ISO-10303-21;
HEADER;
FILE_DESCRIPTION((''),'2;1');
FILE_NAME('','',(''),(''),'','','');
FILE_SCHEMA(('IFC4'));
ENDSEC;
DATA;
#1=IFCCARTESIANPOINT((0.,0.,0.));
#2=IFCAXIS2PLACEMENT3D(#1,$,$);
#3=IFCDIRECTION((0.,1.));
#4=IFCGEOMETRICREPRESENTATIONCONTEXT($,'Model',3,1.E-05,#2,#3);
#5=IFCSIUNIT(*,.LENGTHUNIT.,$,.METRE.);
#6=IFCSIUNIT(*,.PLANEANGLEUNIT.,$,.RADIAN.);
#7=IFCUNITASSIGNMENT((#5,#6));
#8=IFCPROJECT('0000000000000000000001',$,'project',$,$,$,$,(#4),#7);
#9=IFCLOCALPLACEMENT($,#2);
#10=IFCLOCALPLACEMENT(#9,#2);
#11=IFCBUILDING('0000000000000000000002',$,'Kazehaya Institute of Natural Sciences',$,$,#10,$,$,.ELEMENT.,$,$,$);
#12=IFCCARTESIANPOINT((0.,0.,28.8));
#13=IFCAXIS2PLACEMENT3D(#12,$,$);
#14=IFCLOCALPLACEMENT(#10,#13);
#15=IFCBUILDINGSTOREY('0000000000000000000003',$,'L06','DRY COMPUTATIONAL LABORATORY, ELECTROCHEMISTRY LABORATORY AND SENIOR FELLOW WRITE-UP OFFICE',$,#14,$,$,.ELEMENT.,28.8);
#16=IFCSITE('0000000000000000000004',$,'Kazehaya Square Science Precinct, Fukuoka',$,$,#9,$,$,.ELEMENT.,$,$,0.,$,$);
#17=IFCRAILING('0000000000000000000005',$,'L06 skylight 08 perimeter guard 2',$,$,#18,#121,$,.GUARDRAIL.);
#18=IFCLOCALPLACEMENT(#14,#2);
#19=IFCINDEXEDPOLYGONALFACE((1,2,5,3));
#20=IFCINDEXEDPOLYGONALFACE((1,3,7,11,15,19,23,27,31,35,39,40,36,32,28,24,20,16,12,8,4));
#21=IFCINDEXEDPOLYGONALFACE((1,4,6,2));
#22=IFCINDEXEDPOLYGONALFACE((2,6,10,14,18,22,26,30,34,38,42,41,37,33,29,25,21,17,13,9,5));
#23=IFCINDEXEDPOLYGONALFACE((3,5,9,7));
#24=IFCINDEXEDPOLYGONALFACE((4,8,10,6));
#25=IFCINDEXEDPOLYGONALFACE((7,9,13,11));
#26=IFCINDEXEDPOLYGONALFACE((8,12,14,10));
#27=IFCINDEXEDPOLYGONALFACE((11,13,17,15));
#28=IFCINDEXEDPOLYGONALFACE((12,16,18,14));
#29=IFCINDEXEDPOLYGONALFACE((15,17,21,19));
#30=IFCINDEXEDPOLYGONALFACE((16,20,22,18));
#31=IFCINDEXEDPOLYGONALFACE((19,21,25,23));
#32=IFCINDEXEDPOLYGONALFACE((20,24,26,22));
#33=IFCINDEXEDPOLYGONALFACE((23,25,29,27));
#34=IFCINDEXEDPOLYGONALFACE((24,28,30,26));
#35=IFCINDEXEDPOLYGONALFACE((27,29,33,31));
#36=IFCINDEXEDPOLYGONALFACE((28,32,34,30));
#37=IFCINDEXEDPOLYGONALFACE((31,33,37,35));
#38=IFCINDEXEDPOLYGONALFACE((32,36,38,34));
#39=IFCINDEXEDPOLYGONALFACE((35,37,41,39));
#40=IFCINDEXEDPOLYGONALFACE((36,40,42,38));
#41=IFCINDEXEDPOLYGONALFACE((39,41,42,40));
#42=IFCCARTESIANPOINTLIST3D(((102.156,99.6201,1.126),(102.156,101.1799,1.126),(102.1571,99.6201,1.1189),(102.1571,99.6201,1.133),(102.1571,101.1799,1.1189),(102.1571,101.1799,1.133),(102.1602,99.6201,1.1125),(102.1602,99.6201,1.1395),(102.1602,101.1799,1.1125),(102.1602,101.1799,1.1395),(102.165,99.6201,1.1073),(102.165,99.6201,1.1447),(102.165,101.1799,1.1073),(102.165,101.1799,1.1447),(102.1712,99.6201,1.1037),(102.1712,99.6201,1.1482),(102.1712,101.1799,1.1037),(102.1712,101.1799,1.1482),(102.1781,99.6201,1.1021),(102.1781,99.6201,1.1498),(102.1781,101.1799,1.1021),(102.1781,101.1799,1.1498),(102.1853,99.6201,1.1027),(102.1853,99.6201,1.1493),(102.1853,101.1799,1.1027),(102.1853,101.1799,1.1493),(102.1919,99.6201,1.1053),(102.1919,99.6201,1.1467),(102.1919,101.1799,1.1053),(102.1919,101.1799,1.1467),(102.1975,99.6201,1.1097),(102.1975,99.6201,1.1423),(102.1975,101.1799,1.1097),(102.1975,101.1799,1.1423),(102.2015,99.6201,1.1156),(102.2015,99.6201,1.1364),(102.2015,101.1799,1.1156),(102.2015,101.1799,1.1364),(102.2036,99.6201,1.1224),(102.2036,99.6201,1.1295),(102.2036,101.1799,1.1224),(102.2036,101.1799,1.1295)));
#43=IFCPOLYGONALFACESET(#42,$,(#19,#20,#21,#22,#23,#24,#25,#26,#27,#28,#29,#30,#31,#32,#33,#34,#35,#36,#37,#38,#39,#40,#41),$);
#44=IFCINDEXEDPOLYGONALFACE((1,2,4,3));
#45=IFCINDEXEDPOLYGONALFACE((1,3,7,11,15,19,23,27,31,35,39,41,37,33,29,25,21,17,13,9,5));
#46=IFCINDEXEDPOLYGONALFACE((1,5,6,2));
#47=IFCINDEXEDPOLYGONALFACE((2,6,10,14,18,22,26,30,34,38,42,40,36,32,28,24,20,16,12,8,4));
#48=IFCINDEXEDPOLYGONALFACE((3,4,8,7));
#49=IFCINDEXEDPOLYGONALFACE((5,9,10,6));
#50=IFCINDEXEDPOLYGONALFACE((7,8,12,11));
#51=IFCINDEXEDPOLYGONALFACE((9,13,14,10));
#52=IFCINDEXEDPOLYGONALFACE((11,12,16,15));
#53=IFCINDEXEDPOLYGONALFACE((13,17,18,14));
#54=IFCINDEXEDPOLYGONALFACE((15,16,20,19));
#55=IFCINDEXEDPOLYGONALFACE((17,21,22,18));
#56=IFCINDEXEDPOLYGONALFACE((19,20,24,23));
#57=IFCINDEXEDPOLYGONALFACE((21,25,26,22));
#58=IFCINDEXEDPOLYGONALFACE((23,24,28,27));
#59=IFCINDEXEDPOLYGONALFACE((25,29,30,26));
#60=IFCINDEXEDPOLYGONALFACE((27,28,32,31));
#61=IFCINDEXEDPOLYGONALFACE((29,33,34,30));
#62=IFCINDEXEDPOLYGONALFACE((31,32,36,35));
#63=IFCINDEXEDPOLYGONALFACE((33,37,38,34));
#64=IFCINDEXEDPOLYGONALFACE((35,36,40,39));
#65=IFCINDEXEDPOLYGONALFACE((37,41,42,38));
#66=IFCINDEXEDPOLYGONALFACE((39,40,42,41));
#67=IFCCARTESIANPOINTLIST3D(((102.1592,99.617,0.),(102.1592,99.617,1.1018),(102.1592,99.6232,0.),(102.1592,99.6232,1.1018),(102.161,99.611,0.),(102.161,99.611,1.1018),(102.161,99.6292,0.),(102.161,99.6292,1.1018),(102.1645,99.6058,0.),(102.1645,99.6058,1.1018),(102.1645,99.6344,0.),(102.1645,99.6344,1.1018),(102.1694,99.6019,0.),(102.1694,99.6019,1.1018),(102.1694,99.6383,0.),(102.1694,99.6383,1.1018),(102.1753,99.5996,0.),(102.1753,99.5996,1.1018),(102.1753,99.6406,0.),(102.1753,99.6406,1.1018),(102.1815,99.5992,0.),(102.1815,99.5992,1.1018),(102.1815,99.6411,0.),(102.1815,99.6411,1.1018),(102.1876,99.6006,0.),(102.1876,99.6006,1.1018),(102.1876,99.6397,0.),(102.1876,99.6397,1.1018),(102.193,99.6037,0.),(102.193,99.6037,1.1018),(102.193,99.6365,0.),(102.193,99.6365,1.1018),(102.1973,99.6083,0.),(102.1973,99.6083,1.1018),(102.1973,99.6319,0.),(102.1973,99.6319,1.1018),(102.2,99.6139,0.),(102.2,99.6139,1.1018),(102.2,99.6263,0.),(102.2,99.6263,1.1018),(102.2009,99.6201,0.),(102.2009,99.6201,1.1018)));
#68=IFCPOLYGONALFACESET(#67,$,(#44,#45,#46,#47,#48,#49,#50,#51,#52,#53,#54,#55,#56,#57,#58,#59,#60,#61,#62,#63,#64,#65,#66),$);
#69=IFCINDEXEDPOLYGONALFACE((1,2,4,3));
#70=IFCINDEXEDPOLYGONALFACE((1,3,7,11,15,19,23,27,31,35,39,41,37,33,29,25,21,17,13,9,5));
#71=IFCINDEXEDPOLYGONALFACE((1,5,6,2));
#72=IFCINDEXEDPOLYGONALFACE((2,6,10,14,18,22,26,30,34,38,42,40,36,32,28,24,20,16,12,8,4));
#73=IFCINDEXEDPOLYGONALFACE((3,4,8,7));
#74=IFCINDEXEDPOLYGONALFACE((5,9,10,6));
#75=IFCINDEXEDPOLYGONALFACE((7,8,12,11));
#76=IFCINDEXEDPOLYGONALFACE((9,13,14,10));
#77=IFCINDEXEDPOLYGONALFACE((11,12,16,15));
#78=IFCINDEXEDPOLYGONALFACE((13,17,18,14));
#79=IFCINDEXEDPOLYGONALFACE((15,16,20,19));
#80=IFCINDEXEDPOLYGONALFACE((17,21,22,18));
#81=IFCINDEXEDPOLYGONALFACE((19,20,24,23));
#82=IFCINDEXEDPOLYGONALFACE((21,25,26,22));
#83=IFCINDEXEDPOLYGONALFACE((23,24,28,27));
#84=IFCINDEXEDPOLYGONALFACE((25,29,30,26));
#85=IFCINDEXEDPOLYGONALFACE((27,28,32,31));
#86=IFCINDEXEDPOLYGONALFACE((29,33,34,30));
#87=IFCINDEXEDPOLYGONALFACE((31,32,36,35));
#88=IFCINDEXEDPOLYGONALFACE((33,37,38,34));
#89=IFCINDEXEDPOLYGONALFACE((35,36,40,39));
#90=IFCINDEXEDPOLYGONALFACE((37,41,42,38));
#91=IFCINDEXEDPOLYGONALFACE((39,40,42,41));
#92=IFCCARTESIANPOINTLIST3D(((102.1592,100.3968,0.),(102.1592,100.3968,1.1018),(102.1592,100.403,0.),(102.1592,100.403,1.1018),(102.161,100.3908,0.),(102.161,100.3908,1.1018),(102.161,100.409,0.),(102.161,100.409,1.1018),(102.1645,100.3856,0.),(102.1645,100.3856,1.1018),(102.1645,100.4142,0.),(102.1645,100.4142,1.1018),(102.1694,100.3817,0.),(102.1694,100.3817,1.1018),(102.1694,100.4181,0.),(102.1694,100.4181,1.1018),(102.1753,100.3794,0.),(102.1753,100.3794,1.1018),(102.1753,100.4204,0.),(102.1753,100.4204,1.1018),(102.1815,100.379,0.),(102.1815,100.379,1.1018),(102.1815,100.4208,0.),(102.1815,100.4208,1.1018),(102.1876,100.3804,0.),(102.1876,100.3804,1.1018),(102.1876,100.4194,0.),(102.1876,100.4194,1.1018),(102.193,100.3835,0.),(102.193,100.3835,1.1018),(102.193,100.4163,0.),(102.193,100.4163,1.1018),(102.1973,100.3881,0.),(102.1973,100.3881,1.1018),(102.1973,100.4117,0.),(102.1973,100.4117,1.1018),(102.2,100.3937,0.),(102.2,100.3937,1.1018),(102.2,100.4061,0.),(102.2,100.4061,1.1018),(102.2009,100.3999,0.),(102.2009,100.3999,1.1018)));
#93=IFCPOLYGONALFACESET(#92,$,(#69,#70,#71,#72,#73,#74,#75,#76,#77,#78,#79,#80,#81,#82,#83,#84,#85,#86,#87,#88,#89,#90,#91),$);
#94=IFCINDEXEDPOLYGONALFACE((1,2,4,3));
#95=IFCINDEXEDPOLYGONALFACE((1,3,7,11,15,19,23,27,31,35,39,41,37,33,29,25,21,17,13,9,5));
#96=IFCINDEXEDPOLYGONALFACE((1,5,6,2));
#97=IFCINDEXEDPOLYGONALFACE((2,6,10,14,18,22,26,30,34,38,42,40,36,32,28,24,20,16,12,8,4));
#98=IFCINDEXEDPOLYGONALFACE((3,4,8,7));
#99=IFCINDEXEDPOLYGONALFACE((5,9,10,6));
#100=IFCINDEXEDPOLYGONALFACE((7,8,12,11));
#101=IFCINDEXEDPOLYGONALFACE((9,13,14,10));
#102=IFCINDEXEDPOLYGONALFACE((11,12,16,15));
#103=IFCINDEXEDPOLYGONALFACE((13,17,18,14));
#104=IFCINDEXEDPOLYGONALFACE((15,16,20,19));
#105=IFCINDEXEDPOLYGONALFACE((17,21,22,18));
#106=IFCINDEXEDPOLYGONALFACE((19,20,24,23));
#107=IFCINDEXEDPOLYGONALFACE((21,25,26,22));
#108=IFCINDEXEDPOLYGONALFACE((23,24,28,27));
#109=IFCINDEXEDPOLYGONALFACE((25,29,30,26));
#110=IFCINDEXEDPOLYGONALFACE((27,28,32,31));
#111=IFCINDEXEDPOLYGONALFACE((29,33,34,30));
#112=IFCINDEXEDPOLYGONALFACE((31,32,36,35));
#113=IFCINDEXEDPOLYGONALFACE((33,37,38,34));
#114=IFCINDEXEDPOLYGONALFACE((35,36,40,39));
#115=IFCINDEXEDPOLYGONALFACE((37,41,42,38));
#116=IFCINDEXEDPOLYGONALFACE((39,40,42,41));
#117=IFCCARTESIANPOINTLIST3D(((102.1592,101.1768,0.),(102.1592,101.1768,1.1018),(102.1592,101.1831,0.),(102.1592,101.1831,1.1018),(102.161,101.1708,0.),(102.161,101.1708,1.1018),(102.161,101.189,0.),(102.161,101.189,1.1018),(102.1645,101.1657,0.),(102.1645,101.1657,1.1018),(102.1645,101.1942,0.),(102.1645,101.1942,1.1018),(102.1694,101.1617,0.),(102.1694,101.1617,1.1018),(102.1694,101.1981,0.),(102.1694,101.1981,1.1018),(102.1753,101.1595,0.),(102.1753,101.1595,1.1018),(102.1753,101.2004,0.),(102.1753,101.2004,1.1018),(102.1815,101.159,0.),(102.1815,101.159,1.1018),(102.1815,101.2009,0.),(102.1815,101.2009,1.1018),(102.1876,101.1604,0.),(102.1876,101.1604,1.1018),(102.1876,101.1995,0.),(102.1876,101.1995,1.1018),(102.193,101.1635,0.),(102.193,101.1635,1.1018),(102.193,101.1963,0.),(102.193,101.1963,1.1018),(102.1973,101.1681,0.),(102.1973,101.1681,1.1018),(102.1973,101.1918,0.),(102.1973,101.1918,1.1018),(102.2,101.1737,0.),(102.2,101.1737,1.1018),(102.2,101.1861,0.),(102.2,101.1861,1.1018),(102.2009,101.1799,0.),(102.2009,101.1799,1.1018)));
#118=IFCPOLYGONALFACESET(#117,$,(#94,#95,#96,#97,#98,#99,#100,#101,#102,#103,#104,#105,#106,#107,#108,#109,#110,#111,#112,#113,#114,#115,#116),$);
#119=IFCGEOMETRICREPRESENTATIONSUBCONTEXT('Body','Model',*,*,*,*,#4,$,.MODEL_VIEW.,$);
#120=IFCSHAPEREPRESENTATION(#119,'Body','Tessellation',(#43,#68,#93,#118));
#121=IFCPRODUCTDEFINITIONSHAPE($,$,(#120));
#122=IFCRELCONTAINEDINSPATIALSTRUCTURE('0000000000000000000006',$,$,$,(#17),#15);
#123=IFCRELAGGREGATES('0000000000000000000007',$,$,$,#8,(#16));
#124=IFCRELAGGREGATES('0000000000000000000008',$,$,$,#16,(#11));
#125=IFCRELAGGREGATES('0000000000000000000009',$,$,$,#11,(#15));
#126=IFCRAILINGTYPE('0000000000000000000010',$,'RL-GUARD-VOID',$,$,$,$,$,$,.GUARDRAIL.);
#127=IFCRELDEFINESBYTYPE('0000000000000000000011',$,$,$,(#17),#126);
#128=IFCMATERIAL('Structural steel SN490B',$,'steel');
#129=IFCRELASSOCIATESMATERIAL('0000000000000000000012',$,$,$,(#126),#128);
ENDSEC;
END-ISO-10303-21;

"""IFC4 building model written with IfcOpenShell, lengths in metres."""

from ifc_helpers import new_model, si_unit, direction, frame, origin, origin_2d, place, context, subcontext, project, spatial, circle, extrude, material, type_object, element, save


model = new_model("IFC4")

# Units and contexts
model_context = context("Model", 3, precision=1e-05, world=origin(), true_north=direction((0.0, 1.0)))
body_context = subcontext(model_context, "Body", "Model", "MODEL_VIEW")
ifc_project = project(units=[si_unit("LENGTHUNIT", "METRE"), si_unit("PLANEANGLEUNIT", "RADIAN")], contexts=[model_context])

# Site, building, storey
site_placement = place(None, origin())
site = spatial("IfcSite", under=ifc_project, at=site_placement, Name="Kazehaya Square Science Precinct, Fukuoka", CompositionType="ELEMENT", RefElevation=0.0)
building_placement = place(site_placement, origin())
building = spatial("IfcBuilding", under=site, at=building_placement, Name="Kazehaya Institute of Natural Sciences", CompositionType="ELEMENT")
storey_placement = place(building_placement, frame((0.0, 0.0, 28.8)))
storey = spatial("IfcBuildingStorey", under=building, at=storey_placement, Name="L06", Description="DRY COMPUTATIONAL LABORATORY, ELECTROCHEMISTRY LABORATORY AND SENIOR FELLOW WRITE-UP OFFICE", CompositionType="ELEMENT", Elevation=28.8)

# Railing
ifc_material_1 = material(Name="Structural steel SN490B", Category="steel")
railing_type = type_object("IfcRailingType", Name="RL-GUARD-VOID", PredefinedType="GUARDRAIL", material=ifc_material_1)
railing_1_placement = place(storey_placement, frame((102.1799, 99.6201, 0.0)))
element("IfcRailing", 1, at=railing_1_placement, inside=storey, type_object=railing_type, Name="L06 skylight 08 perimeter guard 2", PredefinedType="GUARDRAIL", context=body_context, shape_type="SweptSolid", body=[
    extrude(circle(Radius=0.0239, at=origin_2d()), frame((0.0, 0.0, 1.126), z_axis=(0.0, 1.0, 0.0), x_axis=(-1.0, 0.0, 0.0)), (0.0, 0.0, 1.0), 1.5598),
    extrude(circle(Radius=0.021, at=origin_2d()), origin(), (0.0, 0.0, 1.0), 1.1018),
    extrude(circle(Radius=0.021, at=origin_2d()), frame((0.0, 0.7798, 0.0)), (0.0, 0.0, 1.0), 1.1018),
    extrude(circle(Radius=0.021, at=origin_2d()), frame((0.0, 1.5598, 0.0)), (0.0, 0.0, 1.0), 1.1018),
])

save(model, "model.ifc")
